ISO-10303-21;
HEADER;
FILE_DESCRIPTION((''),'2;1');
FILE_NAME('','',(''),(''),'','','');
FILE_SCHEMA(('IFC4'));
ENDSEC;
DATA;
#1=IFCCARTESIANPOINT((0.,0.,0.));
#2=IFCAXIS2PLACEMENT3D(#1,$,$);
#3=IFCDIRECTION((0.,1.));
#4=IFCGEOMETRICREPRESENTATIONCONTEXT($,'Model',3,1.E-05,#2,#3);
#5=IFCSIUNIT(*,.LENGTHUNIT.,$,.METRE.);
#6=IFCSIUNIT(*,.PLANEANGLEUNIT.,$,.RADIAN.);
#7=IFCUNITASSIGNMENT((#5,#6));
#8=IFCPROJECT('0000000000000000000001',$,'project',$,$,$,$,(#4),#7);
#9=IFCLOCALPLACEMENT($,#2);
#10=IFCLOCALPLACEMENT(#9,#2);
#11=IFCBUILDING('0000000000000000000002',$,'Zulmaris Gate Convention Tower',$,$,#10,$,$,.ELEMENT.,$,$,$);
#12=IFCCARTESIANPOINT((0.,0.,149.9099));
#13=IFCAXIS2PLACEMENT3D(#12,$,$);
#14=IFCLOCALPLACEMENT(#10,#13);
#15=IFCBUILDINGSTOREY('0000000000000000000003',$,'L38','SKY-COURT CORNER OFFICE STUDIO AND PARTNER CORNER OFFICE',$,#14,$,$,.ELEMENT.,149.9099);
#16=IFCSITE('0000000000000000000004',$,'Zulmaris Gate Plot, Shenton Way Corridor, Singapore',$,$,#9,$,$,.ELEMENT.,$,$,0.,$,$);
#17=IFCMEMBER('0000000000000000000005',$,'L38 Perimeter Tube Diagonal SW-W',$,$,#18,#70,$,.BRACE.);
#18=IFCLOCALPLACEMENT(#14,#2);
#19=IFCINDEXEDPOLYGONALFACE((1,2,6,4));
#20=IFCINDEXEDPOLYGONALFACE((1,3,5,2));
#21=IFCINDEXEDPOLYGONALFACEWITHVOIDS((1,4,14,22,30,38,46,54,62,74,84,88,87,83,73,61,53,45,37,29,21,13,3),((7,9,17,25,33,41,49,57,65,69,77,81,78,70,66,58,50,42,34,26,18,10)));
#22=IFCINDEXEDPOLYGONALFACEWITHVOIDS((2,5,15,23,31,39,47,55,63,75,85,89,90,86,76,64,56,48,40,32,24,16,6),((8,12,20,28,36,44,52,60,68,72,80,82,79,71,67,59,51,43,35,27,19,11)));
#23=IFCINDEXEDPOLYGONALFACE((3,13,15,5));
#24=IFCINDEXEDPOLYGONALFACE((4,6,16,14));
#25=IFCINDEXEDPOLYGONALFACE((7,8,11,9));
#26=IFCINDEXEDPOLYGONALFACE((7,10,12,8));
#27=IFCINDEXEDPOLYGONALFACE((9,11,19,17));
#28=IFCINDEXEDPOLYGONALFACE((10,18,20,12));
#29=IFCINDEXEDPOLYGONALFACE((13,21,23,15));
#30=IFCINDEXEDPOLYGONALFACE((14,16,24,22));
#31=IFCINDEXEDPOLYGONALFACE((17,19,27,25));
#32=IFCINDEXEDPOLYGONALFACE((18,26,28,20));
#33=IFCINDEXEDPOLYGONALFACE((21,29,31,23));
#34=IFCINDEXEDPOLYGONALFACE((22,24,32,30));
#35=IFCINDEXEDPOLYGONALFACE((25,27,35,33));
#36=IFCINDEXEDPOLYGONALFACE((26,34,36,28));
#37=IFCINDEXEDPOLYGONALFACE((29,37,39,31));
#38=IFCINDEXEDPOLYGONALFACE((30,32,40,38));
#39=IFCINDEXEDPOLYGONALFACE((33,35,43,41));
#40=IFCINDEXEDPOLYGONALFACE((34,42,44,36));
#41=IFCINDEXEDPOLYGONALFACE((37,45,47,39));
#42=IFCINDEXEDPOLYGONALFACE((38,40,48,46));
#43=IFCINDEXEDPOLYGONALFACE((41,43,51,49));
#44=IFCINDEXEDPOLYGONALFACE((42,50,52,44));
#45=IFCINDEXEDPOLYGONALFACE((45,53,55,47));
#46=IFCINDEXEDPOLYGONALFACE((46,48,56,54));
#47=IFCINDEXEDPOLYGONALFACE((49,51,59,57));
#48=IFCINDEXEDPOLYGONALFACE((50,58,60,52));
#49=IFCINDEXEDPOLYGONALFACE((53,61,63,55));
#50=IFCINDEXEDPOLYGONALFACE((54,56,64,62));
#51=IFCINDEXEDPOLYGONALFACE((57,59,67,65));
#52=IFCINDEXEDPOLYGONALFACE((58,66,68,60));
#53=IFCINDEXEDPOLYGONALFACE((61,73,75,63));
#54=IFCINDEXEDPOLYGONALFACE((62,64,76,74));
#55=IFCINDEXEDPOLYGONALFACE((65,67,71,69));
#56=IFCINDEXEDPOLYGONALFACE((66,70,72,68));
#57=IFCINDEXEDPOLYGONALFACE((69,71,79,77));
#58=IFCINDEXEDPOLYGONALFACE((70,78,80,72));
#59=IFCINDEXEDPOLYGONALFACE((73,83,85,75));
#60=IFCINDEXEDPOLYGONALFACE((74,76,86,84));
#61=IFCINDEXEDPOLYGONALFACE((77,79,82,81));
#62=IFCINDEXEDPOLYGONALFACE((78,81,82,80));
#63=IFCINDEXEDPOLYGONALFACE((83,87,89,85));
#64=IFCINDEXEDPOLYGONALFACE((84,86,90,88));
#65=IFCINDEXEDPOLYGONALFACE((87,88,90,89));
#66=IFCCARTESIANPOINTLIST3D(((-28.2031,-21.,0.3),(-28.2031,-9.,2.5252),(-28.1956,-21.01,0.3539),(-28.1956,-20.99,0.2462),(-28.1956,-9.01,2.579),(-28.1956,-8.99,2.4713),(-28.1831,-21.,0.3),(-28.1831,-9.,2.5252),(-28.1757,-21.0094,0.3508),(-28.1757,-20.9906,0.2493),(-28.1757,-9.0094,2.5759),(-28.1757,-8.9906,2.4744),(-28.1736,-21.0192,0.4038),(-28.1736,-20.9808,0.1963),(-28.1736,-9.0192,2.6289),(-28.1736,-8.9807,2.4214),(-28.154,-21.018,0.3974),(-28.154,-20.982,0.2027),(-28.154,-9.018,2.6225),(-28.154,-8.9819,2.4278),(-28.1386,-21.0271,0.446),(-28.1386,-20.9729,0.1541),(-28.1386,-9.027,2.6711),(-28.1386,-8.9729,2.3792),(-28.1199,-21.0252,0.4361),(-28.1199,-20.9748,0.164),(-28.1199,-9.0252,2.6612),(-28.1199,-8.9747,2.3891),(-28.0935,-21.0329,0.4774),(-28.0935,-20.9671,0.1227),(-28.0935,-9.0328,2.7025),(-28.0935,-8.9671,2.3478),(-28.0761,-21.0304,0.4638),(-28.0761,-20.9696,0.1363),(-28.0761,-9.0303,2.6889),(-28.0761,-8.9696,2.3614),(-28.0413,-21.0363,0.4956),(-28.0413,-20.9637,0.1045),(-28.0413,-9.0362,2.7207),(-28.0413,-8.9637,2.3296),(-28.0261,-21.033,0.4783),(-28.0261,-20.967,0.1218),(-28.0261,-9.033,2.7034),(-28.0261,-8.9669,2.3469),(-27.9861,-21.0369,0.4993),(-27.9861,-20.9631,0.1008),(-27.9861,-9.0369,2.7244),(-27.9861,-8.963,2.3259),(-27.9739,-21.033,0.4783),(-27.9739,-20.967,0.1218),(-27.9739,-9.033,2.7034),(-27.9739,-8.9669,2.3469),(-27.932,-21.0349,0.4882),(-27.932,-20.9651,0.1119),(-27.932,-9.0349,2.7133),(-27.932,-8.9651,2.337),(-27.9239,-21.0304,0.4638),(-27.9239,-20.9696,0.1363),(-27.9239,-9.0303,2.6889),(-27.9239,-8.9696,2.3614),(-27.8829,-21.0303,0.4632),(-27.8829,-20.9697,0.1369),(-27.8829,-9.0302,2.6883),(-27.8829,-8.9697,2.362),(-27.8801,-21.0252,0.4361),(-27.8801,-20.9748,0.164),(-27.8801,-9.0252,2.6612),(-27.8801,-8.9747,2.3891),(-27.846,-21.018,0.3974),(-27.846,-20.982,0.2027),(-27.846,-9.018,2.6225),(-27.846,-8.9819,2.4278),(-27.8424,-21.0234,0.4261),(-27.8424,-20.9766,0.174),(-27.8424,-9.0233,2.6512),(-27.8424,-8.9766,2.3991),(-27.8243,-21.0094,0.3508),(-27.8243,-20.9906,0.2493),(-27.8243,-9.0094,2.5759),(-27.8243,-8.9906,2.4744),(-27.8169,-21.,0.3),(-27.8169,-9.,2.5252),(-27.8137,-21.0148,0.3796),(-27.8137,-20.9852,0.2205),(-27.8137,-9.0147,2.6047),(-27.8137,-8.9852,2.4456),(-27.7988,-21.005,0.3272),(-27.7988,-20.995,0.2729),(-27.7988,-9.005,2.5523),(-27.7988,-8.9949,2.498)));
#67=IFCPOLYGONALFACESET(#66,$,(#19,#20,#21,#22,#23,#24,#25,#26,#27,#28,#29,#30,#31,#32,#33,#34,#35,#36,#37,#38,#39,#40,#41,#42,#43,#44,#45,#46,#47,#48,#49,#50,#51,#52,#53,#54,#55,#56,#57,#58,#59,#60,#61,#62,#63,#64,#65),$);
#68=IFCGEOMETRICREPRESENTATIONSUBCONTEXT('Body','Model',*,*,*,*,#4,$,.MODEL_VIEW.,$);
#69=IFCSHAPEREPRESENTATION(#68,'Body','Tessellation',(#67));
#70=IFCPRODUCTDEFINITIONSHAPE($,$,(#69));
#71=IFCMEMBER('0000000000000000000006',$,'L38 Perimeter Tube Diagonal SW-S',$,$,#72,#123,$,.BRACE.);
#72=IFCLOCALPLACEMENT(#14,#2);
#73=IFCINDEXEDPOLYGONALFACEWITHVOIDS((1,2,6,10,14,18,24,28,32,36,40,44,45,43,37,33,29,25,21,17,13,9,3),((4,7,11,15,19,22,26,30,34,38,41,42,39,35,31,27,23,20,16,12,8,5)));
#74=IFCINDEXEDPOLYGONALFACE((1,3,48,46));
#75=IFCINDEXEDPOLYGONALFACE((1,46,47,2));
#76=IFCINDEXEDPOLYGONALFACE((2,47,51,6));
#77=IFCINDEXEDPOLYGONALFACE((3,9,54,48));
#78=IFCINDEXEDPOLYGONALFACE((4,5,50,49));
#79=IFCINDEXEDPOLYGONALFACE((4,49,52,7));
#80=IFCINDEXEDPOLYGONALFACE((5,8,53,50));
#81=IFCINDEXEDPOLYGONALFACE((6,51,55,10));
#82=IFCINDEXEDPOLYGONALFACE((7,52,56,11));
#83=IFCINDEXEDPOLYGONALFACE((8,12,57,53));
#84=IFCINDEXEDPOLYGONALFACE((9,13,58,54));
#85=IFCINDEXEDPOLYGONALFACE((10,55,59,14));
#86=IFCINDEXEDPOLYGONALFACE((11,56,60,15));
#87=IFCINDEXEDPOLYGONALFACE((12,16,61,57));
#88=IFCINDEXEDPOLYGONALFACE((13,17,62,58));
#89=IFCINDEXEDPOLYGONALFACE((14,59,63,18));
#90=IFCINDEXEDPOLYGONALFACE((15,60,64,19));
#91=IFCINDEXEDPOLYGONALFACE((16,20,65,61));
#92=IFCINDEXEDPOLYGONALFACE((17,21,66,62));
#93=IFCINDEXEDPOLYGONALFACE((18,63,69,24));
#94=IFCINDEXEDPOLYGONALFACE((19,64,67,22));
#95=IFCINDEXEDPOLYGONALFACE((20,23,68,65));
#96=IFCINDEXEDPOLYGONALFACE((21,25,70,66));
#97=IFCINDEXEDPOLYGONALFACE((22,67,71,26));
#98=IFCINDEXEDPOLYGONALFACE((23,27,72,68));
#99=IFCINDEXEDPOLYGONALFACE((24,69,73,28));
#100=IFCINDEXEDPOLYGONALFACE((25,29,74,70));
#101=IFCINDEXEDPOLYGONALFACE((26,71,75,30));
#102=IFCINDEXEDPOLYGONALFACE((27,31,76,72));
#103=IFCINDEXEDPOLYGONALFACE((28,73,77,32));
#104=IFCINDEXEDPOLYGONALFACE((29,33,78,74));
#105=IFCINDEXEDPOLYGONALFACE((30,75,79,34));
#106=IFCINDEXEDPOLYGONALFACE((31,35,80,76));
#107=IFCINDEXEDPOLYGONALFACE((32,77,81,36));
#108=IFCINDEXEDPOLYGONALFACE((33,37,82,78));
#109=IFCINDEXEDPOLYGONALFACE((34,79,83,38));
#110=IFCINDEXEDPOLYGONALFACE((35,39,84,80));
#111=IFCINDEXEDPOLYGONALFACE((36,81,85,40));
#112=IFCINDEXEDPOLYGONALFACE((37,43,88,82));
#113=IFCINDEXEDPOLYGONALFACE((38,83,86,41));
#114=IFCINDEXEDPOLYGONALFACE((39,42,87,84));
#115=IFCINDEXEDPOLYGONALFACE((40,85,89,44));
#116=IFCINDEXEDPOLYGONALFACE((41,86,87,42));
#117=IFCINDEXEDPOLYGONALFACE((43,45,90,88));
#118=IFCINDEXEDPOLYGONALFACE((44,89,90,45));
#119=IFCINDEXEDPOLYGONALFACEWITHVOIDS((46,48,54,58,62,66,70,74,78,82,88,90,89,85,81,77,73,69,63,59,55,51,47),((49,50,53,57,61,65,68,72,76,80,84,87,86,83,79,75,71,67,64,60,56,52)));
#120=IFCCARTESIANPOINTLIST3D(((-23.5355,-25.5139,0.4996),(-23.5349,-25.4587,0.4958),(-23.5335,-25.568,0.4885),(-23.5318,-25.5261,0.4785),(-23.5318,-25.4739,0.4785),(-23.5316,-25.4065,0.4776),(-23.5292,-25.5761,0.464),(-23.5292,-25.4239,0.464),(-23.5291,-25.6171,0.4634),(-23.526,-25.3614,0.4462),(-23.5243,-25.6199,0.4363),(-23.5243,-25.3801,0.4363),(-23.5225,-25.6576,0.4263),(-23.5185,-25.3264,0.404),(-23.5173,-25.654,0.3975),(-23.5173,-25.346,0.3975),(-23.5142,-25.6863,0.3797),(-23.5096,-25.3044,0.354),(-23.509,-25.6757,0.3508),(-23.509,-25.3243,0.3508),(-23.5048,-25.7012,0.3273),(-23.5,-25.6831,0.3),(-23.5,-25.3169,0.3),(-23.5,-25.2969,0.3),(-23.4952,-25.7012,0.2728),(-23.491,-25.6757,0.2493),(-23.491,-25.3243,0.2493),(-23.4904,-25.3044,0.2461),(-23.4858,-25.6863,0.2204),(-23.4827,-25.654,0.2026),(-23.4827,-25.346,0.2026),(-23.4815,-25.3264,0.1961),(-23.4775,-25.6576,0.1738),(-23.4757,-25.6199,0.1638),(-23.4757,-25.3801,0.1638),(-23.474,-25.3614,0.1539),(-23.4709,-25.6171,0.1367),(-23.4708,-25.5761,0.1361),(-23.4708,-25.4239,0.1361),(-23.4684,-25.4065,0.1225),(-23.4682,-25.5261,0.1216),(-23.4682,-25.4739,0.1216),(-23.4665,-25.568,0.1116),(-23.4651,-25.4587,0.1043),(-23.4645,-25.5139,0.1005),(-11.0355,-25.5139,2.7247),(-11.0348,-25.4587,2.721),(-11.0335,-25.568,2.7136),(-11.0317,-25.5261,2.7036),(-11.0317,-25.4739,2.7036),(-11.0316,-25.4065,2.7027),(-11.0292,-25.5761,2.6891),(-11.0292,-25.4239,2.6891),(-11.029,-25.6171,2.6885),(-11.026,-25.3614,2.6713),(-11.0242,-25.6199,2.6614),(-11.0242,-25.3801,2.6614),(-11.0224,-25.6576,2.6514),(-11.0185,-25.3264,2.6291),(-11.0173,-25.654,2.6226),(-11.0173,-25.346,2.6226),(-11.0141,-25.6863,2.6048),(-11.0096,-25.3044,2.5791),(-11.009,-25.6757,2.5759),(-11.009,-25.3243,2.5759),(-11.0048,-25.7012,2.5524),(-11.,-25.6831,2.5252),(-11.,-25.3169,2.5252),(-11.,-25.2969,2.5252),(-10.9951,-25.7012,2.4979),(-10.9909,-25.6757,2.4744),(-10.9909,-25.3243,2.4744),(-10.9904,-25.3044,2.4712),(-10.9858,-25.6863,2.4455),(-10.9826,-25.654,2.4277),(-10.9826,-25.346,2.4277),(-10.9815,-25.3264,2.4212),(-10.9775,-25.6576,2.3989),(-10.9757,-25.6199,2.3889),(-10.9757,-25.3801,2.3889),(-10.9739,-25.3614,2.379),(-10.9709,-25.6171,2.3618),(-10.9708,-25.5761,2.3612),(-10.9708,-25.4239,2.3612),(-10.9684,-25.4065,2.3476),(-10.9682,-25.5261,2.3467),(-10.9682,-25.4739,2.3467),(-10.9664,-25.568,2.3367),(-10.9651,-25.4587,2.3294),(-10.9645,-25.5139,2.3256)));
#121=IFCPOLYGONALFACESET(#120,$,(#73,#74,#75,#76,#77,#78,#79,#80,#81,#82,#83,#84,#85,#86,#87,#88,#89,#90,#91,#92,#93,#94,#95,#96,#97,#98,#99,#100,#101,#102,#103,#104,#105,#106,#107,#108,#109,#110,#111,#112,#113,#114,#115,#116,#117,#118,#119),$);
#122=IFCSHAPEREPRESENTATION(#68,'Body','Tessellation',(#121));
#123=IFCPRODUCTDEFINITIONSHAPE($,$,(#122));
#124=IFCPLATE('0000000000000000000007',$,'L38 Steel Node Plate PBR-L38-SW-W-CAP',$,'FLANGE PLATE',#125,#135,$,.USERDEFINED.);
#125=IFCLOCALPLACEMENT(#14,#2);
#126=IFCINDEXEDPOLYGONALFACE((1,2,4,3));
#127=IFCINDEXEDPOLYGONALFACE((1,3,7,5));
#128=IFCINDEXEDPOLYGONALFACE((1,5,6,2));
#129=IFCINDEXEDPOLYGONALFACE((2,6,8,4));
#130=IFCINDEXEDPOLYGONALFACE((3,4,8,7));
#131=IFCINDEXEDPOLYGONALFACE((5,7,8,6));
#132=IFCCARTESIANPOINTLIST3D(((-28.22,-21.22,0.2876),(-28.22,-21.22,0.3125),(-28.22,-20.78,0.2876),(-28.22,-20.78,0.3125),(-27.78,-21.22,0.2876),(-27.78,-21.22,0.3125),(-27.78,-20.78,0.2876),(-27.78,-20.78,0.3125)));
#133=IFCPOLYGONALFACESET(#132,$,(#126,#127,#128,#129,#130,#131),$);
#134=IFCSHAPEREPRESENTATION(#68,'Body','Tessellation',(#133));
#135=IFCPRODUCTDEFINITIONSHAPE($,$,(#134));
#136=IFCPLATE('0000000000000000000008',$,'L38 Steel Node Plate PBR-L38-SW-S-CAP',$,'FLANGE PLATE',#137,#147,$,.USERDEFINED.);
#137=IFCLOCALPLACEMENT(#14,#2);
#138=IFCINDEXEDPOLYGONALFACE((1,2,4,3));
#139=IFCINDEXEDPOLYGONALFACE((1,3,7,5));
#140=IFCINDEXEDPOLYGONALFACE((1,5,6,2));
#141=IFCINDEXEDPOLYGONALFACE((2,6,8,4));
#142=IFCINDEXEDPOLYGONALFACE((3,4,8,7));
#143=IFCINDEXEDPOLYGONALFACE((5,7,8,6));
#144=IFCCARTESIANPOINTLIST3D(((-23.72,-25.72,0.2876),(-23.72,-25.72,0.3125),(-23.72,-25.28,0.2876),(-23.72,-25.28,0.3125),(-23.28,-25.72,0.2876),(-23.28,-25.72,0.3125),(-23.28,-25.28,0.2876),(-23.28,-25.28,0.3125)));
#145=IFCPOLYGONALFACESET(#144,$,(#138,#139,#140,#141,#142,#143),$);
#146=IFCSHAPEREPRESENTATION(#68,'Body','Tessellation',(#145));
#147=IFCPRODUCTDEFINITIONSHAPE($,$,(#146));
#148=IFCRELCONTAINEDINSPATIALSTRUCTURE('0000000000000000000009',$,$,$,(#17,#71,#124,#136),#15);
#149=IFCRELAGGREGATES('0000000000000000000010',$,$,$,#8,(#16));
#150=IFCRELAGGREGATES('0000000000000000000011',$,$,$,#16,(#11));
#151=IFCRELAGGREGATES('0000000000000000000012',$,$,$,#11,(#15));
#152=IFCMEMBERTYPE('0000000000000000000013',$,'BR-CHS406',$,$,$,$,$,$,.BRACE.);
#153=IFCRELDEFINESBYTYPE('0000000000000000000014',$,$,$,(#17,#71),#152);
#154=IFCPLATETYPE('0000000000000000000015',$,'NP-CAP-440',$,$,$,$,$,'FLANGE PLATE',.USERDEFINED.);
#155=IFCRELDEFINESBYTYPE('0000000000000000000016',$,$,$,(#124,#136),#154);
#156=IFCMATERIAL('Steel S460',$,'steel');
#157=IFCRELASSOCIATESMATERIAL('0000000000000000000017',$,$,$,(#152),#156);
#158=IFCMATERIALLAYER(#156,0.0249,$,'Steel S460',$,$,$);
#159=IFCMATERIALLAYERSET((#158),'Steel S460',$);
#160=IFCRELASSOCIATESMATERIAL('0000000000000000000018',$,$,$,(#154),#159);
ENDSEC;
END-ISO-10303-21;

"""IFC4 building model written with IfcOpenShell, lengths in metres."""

from ifc_helpers import new_model, si_unit, direction, frame, origin, origin_2d, place, context, subcontext, project, spatial, rectangle, hollow_circle, extrude, material, layer, layer_set, material_profile, profile_set, type_object, element, save


model = new_model("IFC4")

# Units and contexts
model_context = context("Model", 3, precision=1e-05, world=origin(), true_north=direction((0.0, 1.0)))
body_context = subcontext(model_context, "Body", "Model", "MODEL_VIEW")
ifc_project = project(units=[si_unit("LENGTHUNIT", "METRE"), si_unit("PLANEANGLEUNIT", "RADIAN")], contexts=[model_context])

# Site, building, storey
site_placement = place(None, origin())
site = spatial("IfcSite", under=ifc_project, at=site_placement, Name="Zulmaris Gate Plot, Shenton Way Corridor, Singapore", CompositionType="ELEMENT", RefElevation=0.0)
building_placement = place(site_placement, origin())
building = spatial("IfcBuilding", under=site, at=building_placement, Name="Zulmaris Gate Convention Tower", CompositionType="ELEMENT")
storey_placement = place(building_placement, frame((0.0, 0.0, 149.9099)))
storey = spatial("IfcBuildingStorey", under=building, at=storey_placement, Name="L38", Description="SKY-COURT CORNER OFFICE STUDIO AND PARTNER CORNER OFFICE", CompositionType="ELEMENT", Elevation=149.9099)

# Members
ifc_material_1 = material(Name="Steel S460", Category="steel")
ifc_material_profile_1 = material_profile(ifc_material_1, hollow_circle(Radius=0.2031, WallThickness=0.02, at=origin_2d()), Name="CHS 406.4x20")
ifc_profile_set_1 = profile_set([ifc_material_profile_1], Name="Steel S460")
member_type = type_object("IfcMemberType", Name="BR-CHS406", PredefinedType="BRACE", material=ifc_profile_set_1)
member_1_placement = place(storey_placement, frame((-28.0, -21.0, 0.3), z_axis=(0.0, 0.98324, 0.182317), x_axis=(-1.0, 0.0, 0.0)))
element("IfcMember", 1, at=member_1_placement, inside=storey, type_object=member_type, Name="L38 Perimeter Tube Diagonal SW-W", PredefinedType="BRACE", context=body_context, shape_type="SweptSolid", body=[
    extrude(hollow_circle(Radius=0.2031, WallThickness=0.02, at=origin_2d()), origin(), (0.0, 0.0, 1.0), 12.2046),
])
member_2_placement = place(storey_placement, frame((-23.5, -25.5, 0.3), z_axis=(0.984523, 0.0, 0.175253), x_axis=(0.0, 1.0, 0.0)))
element("IfcMember", 2, at=member_2_placement, inside=storey, type_object=member_type, Name="L38 Perimeter Tube Diagonal SW-S", PredefinedType="BRACE", context=body_context, shape_type="SweptSolid", body=[
    extrude(hollow_circle(Radius=0.2031, WallThickness=0.02, at=origin_2d()), origin(), (0.0, 0.0, 1.0), 12.6965),
])

# Plates
ifc_layer_1 = layer(ifc_material_1, 0.0249, Name="Steel S460")
ifc_layer_set_1 = layer_set([ifc_layer_1], Name="Steel S460")
plate_type = type_object("IfcPlateType", Name="NP-CAP-440", ElementType="FLANGE PLATE", PredefinedType="USERDEFINED", material=ifc_layer_set_1)
for number, where, z_axis, x_axis, name in (
    (3, (-28.0, -21.0, 0.2876), (0.0, 0.0, 1.0), (1.0, 0.0, 0.0), "L38 Steel Node Plate PBR-L38-SW-W-CAP"),
    (4, (-23.5, -25.5, 0.2876), (0.0, 0.0, 1.0), (1.0, 0.0, 0.0), "L38 Steel Node Plate PBR-L38-SW-S-CAP"),
):
    element("IfcPlate", number, at=place(storey_placement, frame(where, z_axis=z_axis, x_axis=x_axis)), inside=storey, type_object=plate_type, Name=name, ObjectType="FLANGE PLATE", PredefinedType="USERDEFINED", context=body_context, shape_type="SweptSolid", body=[
        extrude(rectangle(XDim=0.4399, YDim=0.4399, at=origin_2d()), origin(), (0.0, 0.0, 1.0), 0.0249),
    ])

save(model, "model.ifc")
